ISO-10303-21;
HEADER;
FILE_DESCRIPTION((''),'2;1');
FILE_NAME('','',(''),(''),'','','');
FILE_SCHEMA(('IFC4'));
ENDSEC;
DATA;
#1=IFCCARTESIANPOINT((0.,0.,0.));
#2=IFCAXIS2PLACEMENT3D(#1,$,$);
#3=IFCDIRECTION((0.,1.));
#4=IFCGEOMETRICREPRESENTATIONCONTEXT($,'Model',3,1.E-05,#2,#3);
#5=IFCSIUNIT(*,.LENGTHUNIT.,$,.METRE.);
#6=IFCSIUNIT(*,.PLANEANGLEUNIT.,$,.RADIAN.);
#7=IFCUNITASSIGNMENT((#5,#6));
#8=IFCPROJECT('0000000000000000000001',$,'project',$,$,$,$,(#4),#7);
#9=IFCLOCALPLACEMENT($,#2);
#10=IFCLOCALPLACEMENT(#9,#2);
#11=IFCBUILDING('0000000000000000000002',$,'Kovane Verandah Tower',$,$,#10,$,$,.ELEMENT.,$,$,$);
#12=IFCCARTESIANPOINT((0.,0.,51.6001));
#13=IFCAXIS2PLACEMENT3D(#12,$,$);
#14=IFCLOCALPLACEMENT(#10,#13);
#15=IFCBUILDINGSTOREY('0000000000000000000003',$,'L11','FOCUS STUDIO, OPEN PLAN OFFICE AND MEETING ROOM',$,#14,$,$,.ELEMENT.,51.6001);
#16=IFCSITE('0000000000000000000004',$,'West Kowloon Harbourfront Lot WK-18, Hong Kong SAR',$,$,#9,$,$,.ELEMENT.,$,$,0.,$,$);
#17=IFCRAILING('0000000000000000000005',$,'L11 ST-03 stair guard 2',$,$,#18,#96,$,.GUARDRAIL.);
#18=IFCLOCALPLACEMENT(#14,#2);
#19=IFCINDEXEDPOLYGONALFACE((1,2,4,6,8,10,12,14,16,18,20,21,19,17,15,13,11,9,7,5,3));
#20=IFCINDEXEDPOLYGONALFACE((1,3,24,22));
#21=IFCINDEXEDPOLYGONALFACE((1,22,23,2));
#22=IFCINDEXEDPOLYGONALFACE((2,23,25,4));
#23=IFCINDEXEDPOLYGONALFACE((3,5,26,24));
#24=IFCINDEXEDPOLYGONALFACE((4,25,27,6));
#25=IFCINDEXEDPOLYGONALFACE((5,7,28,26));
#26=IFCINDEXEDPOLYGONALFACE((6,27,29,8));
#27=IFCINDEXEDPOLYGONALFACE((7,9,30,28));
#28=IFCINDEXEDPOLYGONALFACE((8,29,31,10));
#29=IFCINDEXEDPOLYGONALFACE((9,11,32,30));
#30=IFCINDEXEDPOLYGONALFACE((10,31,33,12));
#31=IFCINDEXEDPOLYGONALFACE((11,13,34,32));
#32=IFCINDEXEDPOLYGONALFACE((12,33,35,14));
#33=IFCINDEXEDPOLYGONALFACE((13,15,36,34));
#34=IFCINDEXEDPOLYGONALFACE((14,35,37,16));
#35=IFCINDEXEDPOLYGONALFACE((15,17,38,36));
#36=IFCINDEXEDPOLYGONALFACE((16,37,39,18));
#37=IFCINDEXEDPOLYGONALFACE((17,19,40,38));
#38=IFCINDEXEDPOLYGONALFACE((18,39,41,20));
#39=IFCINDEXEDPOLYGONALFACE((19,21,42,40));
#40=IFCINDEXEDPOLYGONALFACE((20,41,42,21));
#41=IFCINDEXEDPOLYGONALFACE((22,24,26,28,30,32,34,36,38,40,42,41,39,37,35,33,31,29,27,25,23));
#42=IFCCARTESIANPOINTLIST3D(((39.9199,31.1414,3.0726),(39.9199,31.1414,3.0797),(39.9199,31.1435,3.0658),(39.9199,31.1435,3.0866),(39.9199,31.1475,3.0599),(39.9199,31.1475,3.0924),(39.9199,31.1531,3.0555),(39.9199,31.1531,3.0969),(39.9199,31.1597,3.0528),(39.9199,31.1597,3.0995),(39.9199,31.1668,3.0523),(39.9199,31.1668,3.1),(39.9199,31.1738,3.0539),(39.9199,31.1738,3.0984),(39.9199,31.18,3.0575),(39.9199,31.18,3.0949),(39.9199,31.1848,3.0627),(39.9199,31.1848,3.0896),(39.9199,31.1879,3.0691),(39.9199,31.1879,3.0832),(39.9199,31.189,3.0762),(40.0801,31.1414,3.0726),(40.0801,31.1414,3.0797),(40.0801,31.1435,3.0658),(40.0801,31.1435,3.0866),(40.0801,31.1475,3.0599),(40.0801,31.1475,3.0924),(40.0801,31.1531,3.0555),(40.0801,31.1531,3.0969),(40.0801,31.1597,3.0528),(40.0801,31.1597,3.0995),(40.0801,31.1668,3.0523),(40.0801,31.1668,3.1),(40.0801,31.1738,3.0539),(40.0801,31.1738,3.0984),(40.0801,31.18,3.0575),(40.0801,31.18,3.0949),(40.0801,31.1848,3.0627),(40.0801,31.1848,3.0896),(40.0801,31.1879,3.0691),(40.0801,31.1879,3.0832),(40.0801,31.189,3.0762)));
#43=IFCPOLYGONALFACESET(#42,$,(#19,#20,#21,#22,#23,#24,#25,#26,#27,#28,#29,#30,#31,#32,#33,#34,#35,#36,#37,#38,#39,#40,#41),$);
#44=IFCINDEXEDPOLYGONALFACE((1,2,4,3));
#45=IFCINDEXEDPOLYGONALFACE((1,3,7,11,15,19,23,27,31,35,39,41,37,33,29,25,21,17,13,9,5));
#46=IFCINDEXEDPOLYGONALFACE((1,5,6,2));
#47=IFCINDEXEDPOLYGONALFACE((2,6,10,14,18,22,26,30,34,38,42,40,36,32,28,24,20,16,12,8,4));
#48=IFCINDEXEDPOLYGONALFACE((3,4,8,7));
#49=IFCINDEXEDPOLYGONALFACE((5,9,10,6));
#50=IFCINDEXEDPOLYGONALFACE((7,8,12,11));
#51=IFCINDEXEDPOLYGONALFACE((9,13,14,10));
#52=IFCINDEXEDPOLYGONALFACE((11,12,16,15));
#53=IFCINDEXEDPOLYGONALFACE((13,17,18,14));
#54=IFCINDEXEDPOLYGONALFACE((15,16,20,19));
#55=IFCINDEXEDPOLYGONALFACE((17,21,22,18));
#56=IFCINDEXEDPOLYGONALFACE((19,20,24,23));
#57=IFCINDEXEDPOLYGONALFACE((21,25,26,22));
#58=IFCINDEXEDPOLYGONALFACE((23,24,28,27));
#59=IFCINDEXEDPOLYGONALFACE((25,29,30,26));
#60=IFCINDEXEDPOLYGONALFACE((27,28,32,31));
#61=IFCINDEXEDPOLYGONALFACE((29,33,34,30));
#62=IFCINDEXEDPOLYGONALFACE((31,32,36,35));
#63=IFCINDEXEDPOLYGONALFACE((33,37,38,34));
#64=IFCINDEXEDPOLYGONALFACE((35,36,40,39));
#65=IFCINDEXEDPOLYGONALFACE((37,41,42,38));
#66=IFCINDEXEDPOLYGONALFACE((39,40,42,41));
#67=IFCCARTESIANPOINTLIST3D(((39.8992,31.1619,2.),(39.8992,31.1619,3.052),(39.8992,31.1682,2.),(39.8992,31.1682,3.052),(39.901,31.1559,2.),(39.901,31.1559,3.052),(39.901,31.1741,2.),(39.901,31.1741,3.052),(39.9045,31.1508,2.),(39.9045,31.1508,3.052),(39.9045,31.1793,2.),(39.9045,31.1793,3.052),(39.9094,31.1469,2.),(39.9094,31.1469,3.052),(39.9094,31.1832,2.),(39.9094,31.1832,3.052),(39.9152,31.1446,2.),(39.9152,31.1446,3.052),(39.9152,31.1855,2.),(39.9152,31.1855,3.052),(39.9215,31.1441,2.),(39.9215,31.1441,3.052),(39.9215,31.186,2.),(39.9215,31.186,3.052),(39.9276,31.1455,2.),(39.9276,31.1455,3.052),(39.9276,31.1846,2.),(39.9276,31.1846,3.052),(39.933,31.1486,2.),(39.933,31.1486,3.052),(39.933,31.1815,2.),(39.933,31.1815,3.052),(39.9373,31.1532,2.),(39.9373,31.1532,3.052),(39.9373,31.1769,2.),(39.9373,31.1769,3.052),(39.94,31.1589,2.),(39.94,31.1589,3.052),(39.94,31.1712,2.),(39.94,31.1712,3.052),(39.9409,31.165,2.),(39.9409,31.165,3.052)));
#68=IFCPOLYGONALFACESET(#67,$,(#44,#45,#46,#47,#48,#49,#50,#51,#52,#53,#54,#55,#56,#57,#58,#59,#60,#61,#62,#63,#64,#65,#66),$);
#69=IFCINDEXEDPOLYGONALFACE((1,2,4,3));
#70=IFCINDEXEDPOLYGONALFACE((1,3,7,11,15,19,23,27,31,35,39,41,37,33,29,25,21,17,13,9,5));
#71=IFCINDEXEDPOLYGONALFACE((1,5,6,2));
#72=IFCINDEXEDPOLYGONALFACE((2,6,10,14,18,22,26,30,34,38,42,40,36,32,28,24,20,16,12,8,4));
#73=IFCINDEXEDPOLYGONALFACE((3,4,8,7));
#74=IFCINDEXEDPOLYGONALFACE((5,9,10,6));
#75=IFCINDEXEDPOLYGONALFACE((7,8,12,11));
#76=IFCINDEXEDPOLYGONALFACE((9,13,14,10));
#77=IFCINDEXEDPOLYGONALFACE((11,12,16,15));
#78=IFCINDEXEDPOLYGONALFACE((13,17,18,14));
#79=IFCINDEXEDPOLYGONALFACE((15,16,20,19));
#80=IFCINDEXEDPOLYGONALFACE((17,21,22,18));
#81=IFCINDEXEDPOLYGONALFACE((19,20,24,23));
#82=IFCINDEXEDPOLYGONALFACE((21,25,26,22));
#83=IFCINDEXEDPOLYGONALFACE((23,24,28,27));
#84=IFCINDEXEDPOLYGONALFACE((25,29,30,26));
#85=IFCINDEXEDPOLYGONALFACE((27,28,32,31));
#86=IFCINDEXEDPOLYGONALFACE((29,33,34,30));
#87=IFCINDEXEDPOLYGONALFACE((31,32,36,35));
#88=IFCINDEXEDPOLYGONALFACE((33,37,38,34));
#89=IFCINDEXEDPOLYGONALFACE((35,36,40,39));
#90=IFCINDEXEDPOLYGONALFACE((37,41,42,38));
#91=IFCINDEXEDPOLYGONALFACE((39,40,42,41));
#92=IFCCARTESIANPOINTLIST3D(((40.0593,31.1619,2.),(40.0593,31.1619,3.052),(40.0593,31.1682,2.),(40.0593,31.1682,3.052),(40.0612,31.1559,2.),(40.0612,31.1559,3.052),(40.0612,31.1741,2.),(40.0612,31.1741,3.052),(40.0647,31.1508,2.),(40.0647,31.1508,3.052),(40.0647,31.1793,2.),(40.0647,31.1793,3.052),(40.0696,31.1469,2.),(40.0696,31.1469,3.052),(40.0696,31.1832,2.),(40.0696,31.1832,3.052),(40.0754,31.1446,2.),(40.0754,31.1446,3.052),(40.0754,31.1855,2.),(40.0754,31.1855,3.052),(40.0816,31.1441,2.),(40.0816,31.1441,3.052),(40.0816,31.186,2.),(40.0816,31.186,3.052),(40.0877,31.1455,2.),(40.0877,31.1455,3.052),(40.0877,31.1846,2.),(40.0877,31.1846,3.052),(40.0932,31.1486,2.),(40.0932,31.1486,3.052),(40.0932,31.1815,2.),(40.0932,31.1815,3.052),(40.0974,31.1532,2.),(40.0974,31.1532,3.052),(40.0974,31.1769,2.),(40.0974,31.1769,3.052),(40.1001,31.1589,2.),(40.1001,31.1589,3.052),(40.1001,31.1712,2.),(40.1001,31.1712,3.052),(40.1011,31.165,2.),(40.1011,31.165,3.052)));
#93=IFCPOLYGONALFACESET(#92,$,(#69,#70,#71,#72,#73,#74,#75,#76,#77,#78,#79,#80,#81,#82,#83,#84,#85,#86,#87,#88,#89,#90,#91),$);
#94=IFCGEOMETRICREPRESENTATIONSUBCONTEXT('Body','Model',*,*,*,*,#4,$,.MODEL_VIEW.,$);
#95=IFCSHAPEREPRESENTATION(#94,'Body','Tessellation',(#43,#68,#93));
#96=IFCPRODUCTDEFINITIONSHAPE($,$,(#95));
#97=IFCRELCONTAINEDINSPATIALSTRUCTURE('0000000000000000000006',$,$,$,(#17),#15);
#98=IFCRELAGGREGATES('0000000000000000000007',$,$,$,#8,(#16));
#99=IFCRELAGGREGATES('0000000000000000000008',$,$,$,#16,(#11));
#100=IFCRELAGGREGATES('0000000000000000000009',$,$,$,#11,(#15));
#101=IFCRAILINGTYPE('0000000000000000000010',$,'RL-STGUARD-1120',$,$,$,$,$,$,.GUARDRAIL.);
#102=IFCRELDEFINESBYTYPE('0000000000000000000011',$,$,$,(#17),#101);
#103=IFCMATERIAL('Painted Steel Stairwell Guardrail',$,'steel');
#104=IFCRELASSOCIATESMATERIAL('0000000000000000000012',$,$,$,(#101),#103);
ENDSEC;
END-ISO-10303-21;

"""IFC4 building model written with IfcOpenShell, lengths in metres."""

from ifc_helpers import new_model, si_unit, direction, frame, origin, origin_2d, place, context, subcontext, project, spatial, circle, extrude, material, type_object, element, save


model = new_model("IFC4")

# Units and contexts
model_context = context("Model", 3, precision=1e-05, world=origin(), true_north=direction((0.0, 1.0)))
body_context = subcontext(model_context, "Body", "Model", "MODEL_VIEW")
ifc_project = project(units=[si_unit("LENGTHUNIT", "METRE"), si_unit("PLANEANGLEUNIT", "RADIAN")], contexts=[model_context])

# Site, building, storey
site_placement = place(None, origin())
site = spatial("IfcSite", under=ifc_project, at=site_placement, Name="West Kowloon Harbourfront Lot WK-18, Hong Kong SAR", CompositionType="ELEMENT", RefElevation=0.0)
building_placement = place(site_placement, origin())
building = spatial("IfcBuilding", under=site, at=building_placement, Name="Kovane Verandah Tower", CompositionType="ELEMENT")
storey_placement = place(building_placement, frame((0.0, 0.0, 51.6001)))
storey = spatial("IfcBuildingStorey", under=building, at=storey_placement, Name="L11", Description="FOCUS STUDIO, OPEN PLAN OFFICE AND MEETING ROOM", CompositionType="ELEMENT", Elevation=51.6001)

# Railing
ifc_material_1 = material(Name="Painted Steel Stairwell Guardrail", Category="steel")
railing_type_1 = type_object("IfcRailingType", Name="RL-STGUARD-1120", PredefinedType="GUARDRAIL", material=ifc_material_1)
railing_1_placement = place(storey_placement, frame((39.9199, 31.165, 2.0)))
element("IfcRailing", 1, at=railing_1_placement, inside=storey, type_object=railing_type_1, Name="L11 ST-03 stair guard 2", PredefinedType="GUARDRAIL", context=body_context, shape_type="SweptSolid", body=[
    extrude(circle(Radius=0.0239, at=origin_2d()), frame((0.0, 0.0, 1.0762), z_axis=(1.0, 0.0, 0.0), x_axis=(0.0, 1.0, 0.0)), (0.0, 0.0, 1.0), 0.1602),
    extrude(circle(Radius=0.021, at=origin_2d()), origin(), (0.0, 0.0, 1.0), 1.052),
    extrude(circle(Radius=0.021, at=origin_2d()), frame((0.1602, 0.0, 0.0)), (0.0, 0.0, 1.0), 1.052),
])

save(model, "model.ifc")
